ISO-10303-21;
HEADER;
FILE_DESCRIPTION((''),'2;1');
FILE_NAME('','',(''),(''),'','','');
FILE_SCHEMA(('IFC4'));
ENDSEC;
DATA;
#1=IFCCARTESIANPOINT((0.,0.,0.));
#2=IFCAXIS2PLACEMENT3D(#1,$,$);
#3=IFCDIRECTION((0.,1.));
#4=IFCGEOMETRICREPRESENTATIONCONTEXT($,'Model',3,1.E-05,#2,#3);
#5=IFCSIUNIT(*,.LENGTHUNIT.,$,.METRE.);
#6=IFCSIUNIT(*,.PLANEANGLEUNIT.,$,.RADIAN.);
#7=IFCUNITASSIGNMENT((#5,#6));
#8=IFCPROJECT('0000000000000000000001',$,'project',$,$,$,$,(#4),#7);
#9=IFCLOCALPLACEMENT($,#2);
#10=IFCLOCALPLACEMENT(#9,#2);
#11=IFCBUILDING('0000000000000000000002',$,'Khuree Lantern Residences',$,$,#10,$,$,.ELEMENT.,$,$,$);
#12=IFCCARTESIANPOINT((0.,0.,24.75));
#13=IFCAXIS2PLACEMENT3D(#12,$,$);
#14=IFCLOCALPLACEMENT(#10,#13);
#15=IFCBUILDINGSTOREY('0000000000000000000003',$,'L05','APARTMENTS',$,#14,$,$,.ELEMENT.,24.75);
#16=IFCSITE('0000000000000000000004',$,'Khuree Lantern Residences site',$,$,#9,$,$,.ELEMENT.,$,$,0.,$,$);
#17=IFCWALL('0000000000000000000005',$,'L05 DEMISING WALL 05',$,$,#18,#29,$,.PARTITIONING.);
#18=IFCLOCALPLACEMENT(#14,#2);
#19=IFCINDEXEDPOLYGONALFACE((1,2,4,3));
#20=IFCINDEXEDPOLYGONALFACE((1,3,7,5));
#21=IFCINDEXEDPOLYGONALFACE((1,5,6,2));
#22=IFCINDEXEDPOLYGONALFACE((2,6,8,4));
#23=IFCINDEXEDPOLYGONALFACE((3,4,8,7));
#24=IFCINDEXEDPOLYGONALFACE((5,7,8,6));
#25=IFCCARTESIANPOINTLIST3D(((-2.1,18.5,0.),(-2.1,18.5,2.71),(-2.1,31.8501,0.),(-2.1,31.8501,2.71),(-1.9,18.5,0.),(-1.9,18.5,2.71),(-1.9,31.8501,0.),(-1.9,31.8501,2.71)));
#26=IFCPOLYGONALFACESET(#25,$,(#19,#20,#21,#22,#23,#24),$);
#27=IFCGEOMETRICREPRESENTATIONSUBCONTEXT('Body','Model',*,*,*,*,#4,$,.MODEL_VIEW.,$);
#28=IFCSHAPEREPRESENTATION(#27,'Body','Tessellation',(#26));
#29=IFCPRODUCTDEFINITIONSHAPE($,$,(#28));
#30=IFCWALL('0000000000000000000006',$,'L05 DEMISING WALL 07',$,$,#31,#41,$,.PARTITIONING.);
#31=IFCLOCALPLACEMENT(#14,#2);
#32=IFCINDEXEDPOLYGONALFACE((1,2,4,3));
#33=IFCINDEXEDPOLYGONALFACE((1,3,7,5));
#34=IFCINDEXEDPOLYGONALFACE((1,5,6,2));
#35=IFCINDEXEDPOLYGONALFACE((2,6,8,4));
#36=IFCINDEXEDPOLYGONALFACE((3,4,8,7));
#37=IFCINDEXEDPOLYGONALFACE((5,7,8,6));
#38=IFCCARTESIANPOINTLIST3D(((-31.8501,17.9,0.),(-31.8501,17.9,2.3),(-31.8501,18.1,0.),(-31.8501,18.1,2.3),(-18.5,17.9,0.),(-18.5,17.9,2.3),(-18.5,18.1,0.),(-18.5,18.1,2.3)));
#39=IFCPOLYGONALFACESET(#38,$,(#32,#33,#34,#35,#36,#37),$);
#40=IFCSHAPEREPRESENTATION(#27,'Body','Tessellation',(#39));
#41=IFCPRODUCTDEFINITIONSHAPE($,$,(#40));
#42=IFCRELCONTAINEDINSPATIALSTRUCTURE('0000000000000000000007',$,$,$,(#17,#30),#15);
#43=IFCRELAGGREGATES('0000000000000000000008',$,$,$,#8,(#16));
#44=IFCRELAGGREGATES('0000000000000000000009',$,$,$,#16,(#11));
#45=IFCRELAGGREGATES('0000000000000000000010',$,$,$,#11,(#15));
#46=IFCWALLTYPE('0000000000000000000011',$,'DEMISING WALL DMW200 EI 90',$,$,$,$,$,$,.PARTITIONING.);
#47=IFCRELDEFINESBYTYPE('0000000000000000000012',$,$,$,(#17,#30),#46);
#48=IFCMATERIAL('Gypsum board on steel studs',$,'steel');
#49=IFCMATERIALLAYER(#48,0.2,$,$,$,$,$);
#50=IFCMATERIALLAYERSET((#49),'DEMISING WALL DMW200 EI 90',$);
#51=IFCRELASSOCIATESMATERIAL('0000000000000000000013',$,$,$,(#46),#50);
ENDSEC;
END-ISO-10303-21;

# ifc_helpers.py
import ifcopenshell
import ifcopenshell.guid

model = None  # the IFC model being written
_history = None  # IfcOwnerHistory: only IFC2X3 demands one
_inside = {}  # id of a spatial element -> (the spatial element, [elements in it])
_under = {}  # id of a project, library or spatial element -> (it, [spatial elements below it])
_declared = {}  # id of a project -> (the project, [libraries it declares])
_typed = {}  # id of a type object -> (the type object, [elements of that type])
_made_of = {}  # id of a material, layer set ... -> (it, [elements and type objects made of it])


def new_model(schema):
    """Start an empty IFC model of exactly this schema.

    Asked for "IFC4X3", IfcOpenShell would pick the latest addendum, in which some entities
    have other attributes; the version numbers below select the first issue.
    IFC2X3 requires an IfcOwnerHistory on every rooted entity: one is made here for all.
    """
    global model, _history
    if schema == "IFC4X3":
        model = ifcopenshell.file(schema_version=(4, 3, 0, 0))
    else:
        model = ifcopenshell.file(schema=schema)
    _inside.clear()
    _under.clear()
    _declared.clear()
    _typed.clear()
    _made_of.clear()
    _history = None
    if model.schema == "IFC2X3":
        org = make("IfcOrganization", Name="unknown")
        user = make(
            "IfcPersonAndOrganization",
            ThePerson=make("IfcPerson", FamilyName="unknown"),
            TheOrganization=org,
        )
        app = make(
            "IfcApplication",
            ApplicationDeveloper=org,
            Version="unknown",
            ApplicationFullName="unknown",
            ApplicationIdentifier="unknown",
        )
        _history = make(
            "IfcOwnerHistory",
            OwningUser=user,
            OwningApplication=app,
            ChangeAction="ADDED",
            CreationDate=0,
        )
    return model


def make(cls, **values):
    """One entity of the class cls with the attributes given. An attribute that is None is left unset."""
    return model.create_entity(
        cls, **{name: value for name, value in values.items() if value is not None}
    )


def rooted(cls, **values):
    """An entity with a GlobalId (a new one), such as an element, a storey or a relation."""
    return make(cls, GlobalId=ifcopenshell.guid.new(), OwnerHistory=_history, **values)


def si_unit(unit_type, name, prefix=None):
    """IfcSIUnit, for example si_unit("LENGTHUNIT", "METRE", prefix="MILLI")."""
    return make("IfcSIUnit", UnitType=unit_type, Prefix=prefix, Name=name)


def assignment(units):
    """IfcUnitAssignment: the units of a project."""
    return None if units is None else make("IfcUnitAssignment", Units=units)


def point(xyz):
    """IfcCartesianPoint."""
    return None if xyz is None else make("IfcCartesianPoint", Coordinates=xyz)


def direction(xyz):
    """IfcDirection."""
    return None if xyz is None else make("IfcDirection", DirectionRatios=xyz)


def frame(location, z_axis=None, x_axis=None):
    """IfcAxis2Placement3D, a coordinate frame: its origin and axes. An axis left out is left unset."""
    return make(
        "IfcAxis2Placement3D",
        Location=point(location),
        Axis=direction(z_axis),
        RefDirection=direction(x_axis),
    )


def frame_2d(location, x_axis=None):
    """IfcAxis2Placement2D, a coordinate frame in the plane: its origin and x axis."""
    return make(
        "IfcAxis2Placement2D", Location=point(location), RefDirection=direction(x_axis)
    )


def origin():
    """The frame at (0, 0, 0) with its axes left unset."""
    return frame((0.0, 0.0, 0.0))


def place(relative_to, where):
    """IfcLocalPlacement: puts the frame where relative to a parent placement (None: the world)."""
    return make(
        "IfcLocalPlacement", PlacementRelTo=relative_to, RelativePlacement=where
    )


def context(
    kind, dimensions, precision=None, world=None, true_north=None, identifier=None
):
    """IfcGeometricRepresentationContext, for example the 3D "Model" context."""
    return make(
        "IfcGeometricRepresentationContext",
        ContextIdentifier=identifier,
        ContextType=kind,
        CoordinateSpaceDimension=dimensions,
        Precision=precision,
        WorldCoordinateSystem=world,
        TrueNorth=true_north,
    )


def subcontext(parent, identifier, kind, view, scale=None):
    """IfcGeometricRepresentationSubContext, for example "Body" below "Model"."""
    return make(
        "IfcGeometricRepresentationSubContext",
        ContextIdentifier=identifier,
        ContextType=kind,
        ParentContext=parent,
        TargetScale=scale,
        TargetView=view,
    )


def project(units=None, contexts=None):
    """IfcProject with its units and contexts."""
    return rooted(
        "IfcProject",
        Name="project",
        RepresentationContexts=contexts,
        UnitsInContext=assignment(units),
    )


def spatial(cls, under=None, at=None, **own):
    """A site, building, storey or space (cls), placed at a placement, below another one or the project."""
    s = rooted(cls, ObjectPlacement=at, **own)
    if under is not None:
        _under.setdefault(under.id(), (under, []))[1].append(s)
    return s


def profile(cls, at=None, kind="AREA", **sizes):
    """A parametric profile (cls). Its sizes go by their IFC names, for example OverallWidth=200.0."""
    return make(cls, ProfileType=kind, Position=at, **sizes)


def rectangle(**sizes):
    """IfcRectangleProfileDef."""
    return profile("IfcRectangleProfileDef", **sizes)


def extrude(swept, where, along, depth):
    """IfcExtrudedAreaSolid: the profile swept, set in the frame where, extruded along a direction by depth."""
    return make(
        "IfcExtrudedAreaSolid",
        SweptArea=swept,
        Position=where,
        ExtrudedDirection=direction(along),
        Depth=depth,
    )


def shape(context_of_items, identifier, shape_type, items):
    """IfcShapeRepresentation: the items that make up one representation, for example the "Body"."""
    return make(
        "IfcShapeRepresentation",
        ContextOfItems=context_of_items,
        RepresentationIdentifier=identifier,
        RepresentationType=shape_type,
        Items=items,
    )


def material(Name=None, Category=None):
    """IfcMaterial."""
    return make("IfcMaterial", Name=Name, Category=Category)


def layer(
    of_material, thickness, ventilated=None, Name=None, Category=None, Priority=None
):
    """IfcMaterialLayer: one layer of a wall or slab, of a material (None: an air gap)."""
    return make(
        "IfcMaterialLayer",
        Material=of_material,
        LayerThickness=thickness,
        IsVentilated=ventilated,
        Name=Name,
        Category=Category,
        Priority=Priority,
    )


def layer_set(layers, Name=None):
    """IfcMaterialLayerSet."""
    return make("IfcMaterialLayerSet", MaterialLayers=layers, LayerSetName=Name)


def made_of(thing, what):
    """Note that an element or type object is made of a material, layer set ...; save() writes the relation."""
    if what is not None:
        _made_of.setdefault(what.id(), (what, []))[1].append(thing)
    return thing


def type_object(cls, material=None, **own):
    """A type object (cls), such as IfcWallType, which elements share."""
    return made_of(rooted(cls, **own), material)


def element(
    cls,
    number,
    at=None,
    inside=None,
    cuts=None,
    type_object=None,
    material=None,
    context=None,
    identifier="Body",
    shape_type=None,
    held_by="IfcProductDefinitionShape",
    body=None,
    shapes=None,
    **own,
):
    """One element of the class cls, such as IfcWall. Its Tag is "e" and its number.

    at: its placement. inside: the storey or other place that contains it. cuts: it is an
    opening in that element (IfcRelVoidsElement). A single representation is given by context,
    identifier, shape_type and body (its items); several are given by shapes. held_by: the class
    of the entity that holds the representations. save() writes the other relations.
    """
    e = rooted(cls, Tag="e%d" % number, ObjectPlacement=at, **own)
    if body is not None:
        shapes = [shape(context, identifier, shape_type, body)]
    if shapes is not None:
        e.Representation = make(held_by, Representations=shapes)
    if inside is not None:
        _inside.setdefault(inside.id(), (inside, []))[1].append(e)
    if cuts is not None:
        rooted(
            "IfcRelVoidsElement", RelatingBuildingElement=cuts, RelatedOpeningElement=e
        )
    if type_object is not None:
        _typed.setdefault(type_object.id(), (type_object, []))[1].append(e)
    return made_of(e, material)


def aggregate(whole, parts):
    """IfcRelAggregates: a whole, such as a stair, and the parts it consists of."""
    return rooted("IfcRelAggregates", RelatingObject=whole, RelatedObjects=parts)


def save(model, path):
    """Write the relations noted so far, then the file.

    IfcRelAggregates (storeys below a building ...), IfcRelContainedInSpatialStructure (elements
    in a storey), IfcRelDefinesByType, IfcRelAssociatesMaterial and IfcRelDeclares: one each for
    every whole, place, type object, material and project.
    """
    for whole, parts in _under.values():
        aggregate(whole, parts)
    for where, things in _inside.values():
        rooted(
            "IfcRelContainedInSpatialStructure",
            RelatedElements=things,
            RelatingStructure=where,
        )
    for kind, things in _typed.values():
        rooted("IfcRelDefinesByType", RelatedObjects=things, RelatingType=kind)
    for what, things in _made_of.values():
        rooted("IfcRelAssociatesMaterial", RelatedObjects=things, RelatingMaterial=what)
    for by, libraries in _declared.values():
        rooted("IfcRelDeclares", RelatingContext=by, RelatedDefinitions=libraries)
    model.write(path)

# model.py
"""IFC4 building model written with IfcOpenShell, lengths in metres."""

from ifc_helpers import new_model, si_unit, direction, frame, frame_2d, origin, place, context, subcontext, project, spatial, rectangle, extrude, material, layer, layer_set, type_object, element, save


model = new_model("IFC4")

# Units and contexts
model_context = context("Model", 3, precision=1e-05, world=origin(), true_north=direction((0.0, 1.0)))
body_context = subcontext(model_context, "Body", "Model", "MODEL_VIEW")
ifc_project = project(units=[si_unit("LENGTHUNIT", "METRE"), si_unit("PLANEANGLEUNIT", "RADIAN")], contexts=[model_context])

# Site, building, storey
site_placement = place(None, origin())
site = spatial("IfcSite", under=ifc_project, at=site_placement, Name="Khuree Lantern Residences site", CompositionType="ELEMENT", RefElevation=0.0)
building_placement = place(site_placement, origin())
building = spatial("IfcBuilding", under=site, at=building_placement, Name="Khuree Lantern Residences", CompositionType="ELEMENT")
storey_placement = place(building_placement, frame((0.0, 0.0, 24.75)))
storey = spatial("IfcBuildingStorey", under=building, at=storey_placement, Name="L05", Description="APARTMENTS", CompositionType="ELEMENT", Elevation=24.75)

# Shared definitions
ifc_material_1 = material(Name="Gypsum board on steel studs", Category="steel")

# Walls
ifc_layer_1 = layer(ifc_material_1, 0.2)
ifc_layer_set_1 = layer_set([ifc_layer_1], Name="DEMISING WALL DMW200 EI 90")
wall_type_1 = type_object("IfcWallType", Name="DEMISING WALL DMW200 EI 90", PredefinedType="PARTITIONING", material=ifc_layer_set_1)
wall_1_placement = place(storey_placement, frame((-2.0, 18.5, 0.0), z_axis=(0.0, 0.0, 1.0), x_axis=(0.0, 1.0, 0.0)))
element("IfcWall", 1, at=wall_1_placement, inside=storey, type_object=wall_type_1, Name="L05 DEMISING WALL 05", PredefinedType="PARTITIONING", context=body_context, shape_type="SweptSolid", body=[
    extrude(rectangle(XDim=13.3501, YDim=0.2, at=frame_2d((6.675, 0.0))), origin(), (0.0, 0.0, 1.0), 2.71),
])
wall_2_placement = place(storey_placement, frame((-18.5, 18.0, 0.0), z_axis=(0.0, 0.0, 1.0), x_axis=(-1.0, 0.0, 0.0)))
element("IfcWall", 2, at=wall_2_placement, inside=storey, type_object=wall_type_1, Name="L05 DEMISING WALL 07", PredefinedType="PARTITIONING", context=body_context, shape_type="SweptSolid", body=[
    extrude(rectangle(XDim=13.3501, YDim=0.2, at=frame_2d((6.675, 0.0))), origin(), (0.0, 0.0, 1.0), 2.3),
])

save(model, "model.ifc")
